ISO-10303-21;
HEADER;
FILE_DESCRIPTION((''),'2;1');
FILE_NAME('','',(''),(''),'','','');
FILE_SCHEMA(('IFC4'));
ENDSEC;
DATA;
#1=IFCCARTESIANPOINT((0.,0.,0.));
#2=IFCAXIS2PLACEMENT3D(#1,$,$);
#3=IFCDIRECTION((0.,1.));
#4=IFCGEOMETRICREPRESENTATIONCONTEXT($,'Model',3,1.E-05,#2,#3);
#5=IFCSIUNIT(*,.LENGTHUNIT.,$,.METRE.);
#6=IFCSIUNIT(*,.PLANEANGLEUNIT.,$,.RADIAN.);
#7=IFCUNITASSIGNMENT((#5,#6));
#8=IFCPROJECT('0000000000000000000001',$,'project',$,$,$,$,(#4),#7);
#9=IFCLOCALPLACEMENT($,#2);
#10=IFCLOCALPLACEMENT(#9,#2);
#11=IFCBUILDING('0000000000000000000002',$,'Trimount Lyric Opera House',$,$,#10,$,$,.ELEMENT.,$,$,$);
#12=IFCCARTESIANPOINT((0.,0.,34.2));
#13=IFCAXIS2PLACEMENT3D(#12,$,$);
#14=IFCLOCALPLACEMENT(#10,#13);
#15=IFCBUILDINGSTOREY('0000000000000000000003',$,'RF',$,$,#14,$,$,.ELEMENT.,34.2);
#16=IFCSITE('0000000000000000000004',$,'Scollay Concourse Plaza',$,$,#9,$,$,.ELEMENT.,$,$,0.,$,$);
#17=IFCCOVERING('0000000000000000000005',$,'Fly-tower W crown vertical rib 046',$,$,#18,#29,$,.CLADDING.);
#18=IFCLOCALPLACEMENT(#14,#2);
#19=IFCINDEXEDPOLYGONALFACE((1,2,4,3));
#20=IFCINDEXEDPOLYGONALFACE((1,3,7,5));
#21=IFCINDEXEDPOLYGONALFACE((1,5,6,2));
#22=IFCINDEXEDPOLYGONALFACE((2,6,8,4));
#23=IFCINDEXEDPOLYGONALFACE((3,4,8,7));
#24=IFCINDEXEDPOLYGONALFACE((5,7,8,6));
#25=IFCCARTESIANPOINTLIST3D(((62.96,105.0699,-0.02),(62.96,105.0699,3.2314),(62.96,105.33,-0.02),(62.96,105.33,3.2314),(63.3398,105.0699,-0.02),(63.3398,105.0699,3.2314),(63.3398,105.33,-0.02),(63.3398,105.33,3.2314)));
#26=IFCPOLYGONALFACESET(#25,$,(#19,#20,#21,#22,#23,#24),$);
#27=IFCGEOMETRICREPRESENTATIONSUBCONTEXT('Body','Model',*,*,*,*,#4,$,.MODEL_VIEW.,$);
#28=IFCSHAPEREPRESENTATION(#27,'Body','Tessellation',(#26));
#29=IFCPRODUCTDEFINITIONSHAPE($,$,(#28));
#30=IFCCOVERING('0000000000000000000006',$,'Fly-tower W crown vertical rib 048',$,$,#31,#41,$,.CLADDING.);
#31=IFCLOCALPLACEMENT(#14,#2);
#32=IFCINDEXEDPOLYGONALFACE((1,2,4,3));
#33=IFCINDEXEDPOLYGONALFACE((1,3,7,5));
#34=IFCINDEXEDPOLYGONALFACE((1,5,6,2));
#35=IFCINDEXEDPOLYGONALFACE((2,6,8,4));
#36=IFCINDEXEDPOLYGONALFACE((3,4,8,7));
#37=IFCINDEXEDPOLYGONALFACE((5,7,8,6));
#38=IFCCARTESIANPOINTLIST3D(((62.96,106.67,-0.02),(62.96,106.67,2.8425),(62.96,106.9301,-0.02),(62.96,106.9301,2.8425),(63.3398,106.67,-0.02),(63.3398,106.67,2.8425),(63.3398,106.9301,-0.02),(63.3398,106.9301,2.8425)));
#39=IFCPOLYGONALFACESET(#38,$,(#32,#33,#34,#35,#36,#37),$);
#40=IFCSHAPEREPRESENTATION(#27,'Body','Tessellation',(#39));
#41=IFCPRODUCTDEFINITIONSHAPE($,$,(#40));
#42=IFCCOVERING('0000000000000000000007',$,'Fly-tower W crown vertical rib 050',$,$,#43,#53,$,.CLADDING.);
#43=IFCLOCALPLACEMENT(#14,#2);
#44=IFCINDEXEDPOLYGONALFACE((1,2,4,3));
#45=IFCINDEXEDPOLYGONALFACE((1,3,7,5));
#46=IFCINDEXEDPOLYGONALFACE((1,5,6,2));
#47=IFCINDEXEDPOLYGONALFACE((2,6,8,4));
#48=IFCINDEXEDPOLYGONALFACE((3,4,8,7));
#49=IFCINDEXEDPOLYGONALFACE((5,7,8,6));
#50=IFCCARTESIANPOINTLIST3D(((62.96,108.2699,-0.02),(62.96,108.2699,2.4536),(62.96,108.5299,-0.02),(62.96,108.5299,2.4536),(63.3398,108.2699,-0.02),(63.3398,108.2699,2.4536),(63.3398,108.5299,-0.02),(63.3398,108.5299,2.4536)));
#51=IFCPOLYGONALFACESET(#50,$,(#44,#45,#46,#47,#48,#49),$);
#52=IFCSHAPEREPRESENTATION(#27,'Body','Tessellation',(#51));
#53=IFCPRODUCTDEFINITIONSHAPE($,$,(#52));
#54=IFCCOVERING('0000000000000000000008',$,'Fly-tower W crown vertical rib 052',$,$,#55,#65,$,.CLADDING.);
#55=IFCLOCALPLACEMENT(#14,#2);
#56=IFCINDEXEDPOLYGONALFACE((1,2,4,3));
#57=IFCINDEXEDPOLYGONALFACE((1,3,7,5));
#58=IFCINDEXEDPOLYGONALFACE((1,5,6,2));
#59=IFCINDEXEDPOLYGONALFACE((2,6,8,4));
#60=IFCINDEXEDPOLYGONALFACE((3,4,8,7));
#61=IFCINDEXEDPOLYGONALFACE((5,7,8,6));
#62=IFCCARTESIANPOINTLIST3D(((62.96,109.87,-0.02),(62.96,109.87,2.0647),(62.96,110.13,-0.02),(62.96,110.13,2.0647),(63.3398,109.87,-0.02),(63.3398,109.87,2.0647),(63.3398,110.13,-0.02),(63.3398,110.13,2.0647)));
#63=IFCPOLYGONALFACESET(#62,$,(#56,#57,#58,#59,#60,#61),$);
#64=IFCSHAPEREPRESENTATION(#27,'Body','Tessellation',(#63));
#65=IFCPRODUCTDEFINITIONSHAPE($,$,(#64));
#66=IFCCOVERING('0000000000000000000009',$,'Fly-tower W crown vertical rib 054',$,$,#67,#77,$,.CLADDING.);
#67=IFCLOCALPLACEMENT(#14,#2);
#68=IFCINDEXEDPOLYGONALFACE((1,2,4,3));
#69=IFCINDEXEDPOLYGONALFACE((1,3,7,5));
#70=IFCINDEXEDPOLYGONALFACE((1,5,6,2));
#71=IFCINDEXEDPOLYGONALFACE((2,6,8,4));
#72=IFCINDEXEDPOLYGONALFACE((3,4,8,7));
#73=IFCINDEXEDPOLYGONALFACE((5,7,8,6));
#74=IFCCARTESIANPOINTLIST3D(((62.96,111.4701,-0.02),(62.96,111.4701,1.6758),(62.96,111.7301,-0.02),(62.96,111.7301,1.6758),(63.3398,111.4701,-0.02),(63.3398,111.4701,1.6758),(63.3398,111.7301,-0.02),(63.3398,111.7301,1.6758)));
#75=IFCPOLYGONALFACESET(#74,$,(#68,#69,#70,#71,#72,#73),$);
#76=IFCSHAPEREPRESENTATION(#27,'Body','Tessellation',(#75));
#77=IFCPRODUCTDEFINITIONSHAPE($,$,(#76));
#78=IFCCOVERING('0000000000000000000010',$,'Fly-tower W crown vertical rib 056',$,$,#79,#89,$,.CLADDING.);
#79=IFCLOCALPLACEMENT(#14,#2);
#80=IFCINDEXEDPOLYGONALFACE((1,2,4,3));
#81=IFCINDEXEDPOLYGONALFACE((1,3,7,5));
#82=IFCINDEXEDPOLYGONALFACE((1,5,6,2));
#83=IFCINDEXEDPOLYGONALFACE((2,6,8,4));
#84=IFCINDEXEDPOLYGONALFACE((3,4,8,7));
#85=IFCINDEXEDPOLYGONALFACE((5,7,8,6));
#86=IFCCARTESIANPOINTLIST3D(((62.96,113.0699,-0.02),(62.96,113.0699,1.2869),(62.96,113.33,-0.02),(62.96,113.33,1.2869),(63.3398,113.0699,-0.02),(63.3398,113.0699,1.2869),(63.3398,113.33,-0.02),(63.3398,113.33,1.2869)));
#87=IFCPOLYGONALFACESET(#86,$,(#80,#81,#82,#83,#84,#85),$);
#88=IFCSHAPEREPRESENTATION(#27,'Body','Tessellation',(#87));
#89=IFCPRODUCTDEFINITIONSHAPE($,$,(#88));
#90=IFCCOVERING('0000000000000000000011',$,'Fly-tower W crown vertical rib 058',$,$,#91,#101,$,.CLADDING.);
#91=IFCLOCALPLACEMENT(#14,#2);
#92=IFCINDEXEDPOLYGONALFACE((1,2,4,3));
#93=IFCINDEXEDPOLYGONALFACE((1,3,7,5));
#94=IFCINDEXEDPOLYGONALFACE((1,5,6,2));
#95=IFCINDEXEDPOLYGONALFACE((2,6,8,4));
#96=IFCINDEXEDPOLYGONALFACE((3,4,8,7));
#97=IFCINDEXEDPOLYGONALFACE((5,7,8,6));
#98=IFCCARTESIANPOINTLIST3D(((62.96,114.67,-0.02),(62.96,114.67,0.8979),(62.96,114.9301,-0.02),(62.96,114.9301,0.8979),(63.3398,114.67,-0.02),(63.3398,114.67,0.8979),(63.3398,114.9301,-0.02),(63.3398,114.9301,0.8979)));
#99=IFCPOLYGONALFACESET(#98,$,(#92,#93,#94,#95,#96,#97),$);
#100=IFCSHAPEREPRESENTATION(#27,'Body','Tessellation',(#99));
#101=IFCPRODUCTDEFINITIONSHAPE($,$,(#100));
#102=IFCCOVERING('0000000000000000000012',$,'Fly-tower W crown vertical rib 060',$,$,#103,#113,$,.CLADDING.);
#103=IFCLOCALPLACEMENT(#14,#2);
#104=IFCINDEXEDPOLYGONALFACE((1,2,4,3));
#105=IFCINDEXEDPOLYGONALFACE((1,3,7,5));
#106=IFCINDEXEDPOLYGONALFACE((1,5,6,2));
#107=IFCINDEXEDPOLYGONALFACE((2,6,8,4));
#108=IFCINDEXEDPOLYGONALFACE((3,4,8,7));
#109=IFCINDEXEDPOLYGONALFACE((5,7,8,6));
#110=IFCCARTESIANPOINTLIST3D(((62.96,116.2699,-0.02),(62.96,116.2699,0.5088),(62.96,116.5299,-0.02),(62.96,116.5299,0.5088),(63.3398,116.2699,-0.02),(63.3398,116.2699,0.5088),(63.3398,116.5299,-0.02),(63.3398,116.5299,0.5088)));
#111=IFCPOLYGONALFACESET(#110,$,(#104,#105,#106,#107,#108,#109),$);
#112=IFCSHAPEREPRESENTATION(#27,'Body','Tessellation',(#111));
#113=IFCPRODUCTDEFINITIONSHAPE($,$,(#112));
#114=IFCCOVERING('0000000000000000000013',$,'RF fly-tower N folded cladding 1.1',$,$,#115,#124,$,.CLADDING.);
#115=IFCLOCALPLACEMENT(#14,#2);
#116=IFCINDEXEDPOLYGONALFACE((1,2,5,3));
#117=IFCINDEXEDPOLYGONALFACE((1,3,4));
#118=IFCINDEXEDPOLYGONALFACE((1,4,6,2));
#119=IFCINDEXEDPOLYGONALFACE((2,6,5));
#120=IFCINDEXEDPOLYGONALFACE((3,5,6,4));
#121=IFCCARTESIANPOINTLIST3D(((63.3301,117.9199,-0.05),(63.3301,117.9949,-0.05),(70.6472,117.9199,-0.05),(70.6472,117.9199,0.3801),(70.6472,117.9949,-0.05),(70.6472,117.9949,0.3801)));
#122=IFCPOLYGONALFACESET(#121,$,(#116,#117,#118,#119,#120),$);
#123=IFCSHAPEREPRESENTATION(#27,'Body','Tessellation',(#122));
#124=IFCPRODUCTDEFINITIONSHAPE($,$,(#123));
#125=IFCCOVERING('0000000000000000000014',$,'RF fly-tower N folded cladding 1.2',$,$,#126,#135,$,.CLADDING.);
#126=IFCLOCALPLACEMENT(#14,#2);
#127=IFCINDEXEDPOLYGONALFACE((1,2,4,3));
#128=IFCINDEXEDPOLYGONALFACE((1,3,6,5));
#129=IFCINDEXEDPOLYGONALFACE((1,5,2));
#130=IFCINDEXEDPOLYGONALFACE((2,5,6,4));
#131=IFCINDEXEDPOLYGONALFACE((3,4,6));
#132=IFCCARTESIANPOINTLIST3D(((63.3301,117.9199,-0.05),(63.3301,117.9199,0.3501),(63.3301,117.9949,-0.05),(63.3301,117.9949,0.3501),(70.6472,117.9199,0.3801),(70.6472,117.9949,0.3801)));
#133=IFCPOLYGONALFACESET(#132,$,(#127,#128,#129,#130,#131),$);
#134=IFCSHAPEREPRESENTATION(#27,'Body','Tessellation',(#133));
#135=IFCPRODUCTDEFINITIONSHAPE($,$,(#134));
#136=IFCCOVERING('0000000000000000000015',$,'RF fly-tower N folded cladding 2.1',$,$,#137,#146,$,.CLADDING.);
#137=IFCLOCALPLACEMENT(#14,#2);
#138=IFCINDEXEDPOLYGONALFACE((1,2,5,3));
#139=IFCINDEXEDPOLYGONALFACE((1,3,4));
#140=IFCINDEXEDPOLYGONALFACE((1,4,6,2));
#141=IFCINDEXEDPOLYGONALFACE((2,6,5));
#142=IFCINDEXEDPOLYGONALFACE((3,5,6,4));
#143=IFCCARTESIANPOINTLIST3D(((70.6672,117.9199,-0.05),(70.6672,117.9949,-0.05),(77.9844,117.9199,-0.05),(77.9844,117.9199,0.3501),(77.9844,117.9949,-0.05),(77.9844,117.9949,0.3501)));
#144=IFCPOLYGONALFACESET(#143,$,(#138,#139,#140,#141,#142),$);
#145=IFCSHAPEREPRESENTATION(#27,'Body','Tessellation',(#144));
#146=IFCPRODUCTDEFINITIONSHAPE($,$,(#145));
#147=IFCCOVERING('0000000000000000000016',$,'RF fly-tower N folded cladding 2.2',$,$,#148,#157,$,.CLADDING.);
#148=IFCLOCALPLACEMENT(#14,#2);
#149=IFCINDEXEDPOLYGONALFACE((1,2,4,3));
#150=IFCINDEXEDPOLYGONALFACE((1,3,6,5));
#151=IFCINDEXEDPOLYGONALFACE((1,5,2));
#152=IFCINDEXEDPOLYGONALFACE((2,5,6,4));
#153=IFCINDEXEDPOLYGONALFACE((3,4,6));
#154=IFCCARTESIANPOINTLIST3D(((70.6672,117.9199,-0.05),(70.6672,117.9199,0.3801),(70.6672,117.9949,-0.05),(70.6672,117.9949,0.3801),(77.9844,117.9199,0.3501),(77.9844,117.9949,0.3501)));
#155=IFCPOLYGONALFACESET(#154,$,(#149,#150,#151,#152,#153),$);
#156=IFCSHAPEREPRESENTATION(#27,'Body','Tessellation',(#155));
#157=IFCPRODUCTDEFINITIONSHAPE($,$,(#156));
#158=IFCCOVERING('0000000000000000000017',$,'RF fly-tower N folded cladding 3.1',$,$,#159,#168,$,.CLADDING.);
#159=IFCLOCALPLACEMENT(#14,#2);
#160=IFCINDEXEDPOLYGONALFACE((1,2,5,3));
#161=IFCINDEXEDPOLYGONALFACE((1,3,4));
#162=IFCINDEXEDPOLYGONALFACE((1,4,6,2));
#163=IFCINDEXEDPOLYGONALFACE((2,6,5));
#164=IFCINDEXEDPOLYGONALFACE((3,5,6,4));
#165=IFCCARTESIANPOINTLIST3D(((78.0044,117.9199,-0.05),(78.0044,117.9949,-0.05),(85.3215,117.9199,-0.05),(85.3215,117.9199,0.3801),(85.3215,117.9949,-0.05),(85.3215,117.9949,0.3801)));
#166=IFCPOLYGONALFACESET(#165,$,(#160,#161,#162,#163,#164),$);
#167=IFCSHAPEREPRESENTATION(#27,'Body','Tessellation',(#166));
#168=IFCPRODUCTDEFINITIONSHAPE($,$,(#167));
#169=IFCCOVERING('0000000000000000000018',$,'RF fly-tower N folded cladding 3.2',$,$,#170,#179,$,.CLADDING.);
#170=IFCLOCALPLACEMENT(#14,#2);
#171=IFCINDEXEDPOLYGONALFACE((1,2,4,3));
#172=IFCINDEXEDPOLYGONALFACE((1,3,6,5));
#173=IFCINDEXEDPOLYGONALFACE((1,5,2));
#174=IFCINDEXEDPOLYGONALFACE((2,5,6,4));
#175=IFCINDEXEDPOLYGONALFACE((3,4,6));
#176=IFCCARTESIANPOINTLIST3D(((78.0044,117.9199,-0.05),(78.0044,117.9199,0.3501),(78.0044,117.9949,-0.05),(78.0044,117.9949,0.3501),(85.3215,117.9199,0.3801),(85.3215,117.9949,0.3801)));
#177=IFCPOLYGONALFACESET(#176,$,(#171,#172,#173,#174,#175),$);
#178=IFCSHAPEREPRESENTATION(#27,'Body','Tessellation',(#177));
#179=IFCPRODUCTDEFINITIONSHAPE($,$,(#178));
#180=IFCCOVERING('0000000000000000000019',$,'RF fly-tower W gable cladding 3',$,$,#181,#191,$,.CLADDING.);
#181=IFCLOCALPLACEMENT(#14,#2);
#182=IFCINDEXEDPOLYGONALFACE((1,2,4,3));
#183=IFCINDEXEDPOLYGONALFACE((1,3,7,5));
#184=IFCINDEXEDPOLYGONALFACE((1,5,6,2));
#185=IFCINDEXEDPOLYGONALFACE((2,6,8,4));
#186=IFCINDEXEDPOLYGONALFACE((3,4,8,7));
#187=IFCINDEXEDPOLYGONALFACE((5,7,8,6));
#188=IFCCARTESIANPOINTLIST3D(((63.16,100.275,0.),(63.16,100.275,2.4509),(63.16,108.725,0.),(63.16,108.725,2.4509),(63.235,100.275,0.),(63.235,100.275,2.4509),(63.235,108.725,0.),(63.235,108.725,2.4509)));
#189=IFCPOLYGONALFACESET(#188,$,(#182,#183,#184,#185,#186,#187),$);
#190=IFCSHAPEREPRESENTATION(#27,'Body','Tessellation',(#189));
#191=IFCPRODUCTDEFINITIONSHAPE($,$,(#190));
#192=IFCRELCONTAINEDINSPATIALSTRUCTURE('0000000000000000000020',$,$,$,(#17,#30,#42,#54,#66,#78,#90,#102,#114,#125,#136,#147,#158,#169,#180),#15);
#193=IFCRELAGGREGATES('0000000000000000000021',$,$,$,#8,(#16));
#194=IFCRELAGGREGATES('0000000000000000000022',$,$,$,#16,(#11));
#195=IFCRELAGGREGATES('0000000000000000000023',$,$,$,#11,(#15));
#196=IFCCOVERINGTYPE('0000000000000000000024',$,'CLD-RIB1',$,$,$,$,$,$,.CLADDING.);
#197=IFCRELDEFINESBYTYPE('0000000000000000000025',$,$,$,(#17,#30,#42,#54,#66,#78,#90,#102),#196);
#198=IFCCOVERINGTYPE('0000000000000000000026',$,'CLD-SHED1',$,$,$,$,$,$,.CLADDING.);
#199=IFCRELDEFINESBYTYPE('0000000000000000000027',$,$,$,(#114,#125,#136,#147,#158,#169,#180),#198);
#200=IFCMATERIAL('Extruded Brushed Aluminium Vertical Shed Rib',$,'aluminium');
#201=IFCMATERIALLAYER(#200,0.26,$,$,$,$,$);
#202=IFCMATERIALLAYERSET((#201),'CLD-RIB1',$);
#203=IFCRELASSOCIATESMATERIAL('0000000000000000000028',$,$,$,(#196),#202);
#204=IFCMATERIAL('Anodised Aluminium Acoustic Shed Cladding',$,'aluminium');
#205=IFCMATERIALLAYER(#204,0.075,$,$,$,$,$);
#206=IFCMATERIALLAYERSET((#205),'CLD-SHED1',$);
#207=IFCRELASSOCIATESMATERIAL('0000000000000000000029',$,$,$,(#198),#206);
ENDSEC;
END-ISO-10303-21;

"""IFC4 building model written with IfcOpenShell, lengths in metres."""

from ifc_helpers import new_model, si_unit, direction, frame, origin, origin_2d, place, context, subcontext, project, spatial, polyline, rectangle, outline, extrude, material, layer, layer_set, type_object, element, save


model = new_model("IFC4")

# Units and contexts
model_context = context("Model", 3, precision=1e-05, world=origin(), true_north=direction((0.0, 1.0)))
body_context = subcontext(model_context, "Body", "Model", "MODEL_VIEW")
ifc_project = project(units=[si_unit("LENGTHUNIT", "METRE"), si_unit("PLANEANGLEUNIT", "RADIAN")], contexts=[model_context])

# Site, building, storey
site_placement = place(None, origin())
site = spatial("IfcSite", under=ifc_project, at=site_placement, Name="Scollay Concourse Plaza", CompositionType="ELEMENT", RefElevation=0.0)
building_placement = place(site_placement, origin())
building = spatial("IfcBuilding", under=site, at=building_placement, Name="Trimount Lyric Opera House", CompositionType="ELEMENT")
storey_placement = place(building_placement, frame((0.0, 0.0, 34.2)))
storey = spatial("IfcBuildingStorey", under=building, at=storey_placement, Name="RF", CompositionType="ELEMENT", Elevation=34.2)

# Coverings
ifc_material_1 = material(Name="Extruded Brushed Aluminium Vertical Shed Rib", Category="aluminium")
ifc_layer_1 = layer(ifc_material_1, 0.26)
ifc_layer_set_1 = layer_set([ifc_layer_1], Name="CLD-RIB1")
covering_type_1 = type_object("IfcCoveringType", Name="CLD-RIB1", PredefinedType="CLADDING", material=ifc_layer_set_1)
covering_1_placement = place(storey_placement, frame((63.1499, 105.2, -0.02), z_axis=(0.0, 0.0, 1.0), x_axis=(1.0, 0.0, 0.0)))
element("IfcCovering", 1, at=covering_1_placement, inside=storey, type_object=covering_type_1, Name="Fly-tower W crown vertical rib 046", PredefinedType="CLADDING", context=body_context, shape_type="SweptSolid", body=[
    extrude(rectangle(XDim=0.3799, YDim=0.26, at=origin_2d()), origin(), (0.0, 0.0, 1.0), 3.2515),
])
covering_2_placement = place(storey_placement, frame((63.1499, 106.8, -0.02), z_axis=(0.0, 0.0, 1.0), x_axis=(1.0, 0.0, 0.0)))
element("IfcCovering", 2, at=covering_2_placement, inside=storey, type_object=covering_type_1, Name="Fly-tower W crown vertical rib 048", PredefinedType="CLADDING", context=body_context, shape_type="SweptSolid", body=[
    extrude(rectangle(XDim=0.3799, YDim=0.26, at=origin_2d()), origin(), (0.0, 0.0, 1.0), 2.8625),
])
covering_3_placement = place(storey_placement, frame((63.1499, 108.3999, -0.02), z_axis=(0.0, 0.0, 1.0), x_axis=(1.0, 0.0, 0.0)))
element("IfcCovering", 3, at=covering_3_placement, inside=storey, type_object=covering_type_1, Name="Fly-tower W crown vertical rib 050", PredefinedType="CLADDING", context=body_context, shape_type="SweptSolid", body=[
    extrude(rectangle(XDim=0.3799, YDim=0.26, at=origin_2d()), origin(), (0.0, 0.0, 1.0), 2.4736),
])
covering_4_placement = place(storey_placement, frame((63.1499, 110.0, -0.02), z_axis=(0.0, 0.0, 1.0), x_axis=(1.0, 0.0, 0.0)))
element("IfcCovering", 4, at=covering_4_placement, inside=storey, type_object=covering_type_1, Name="Fly-tower W crown vertical rib 052", PredefinedType="CLADDING", context=body_context, shape_type="SweptSolid", body=[
    extrude(rectangle(XDim=0.3799, YDim=0.26, at=origin_2d()), origin(), (0.0, 0.0, 1.0), 2.0847),
])
covering_5_placement = place(storey_placement, frame((63.1499, 111.6001, -0.02), z_axis=(0.0, 0.0, 1.0), x_axis=(1.0, 0.0, 0.0)))
element("IfcCovering", 5, at=covering_5_placement, inside=storey, type_object=covering_type_1, Name="Fly-tower W crown vertical rib 054", PredefinedType="CLADDING", context=body_context, shape_type="SweptSolid", body=[
    extrude(rectangle(XDim=0.3799, YDim=0.26, at=origin_2d()), origin(), (0.0, 0.0, 1.0), 1.6958),
])
covering_6_placement = place(storey_placement, frame((63.1499, 113.2, -0.02), z_axis=(0.0, 0.0, 1.0), x_axis=(1.0, 0.0, 0.0)))
element("IfcCovering", 6, at=covering_6_placement, inside=storey, type_object=covering_type_1, Name="Fly-tower W crown vertical rib 056", PredefinedType="CLADDING", context=body_context, shape_type="SweptSolid", body=[
    extrude(rectangle(XDim=0.3799, YDim=0.26, at=origin_2d()), origin(), (0.0, 0.0, 1.0), 1.3069),
])
covering_7_placement = place(storey_placement, frame((63.1499, 114.8, -0.02), z_axis=(0.0, 0.0, 1.0), x_axis=(1.0, 0.0, 0.0)))
element("IfcCovering", 7, at=covering_7_placement, inside=storey, type_object=covering_type_1, Name="Fly-tower W crown vertical rib 058", PredefinedType="CLADDING", context=body_context, shape_type="SweptSolid", body=[
    extrude(rectangle(XDim=0.3799, YDim=0.26, at=origin_2d()), origin(), (0.0, 0.0, 1.0), 0.918),
])
covering_8_placement = place(storey_placement, frame((63.1499, 116.3999, -0.02), z_axis=(0.0, 0.0, 1.0), x_axis=(1.0, 0.0, 0.0)))
element("IfcCovering", 8, at=covering_8_placement, inside=storey, type_object=covering_type_1, Name="Fly-tower W crown vertical rib 060", PredefinedType="CLADDING", context=body_context, shape_type="SweptSolid", body=[
    extrude(rectangle(XDim=0.3799, YDim=0.26, at=origin_2d()), origin(), (0.0, 0.0, 1.0), 0.5288),
])
ifc_material_2 = material(Name="Anodised Aluminium Acoustic Shed Cladding", Category="aluminium")
ifc_layer_2 = layer(ifc_material_2, 0.075)
ifc_layer_set_2 = layer_set([ifc_layer_2], Name="CLD-SHED1")
covering_type_2 = type_object("IfcCoveringType", Name="CLD-SHED1", PredefinedType="CLADDING", material=ifc_layer_set_2)
covering_9_placement = place(storey_placement, frame((63.3301, 117.9199, -0.05), z_axis=(0.0, -1.0, 0.0), x_axis=(1.0, 0.0, 0.0)))
element("IfcCovering", 9, at=covering_9_placement, inside=storey, type_object=covering_type_2, Name="RF fly-tower N folded cladding 1.1", PredefinedType="CLADDING", context=body_context, shape_type="SweptSolid", body=[
    extrude(outline(polyline([(0.0, 0.0), (7.3171, 0.0), (7.3171, 0.4302), (0.0, 0.0)])), origin(), (0.0, 0.0, -1.0), 0.075),
])
covering_10_placement = place(storey_placement, frame((63.3301, 117.9199, -0.05), z_axis=(0.0, -1.0, 0.0), x_axis=(0.998276, 0.0, 0.058689)))
element("IfcCovering", 10, at=covering_10_placement, inside=storey, type_object=covering_type_2, Name="RF fly-tower N folded cladding 1.2", PredefinedType="CLADDING", context=body_context, shape_type="SweptSolid", body=[
    extrude(outline(polyline([(0.0, 0.0), (7.3298, 0.0), (0.0235, 0.3995), (0.0, 0.0)])), origin(), (0.0, 0.0, -1.0), 0.075),
])
covering_11_placement = place(storey_placement, frame((70.6672, 117.9199, -0.05), z_axis=(0.0, -1.0, 0.0), x_axis=(1.0, 0.0, 0.0)))
element("IfcCovering", 11, at=covering_11_placement, inside=storey, type_object=covering_type_2, Name="RF fly-tower N folded cladding 2.1", PredefinedType="CLADDING", context=body_context, shape_type="SweptSolid", body=[
    extrude(outline(polyline([(0.0, 0.0), (7.3171, 0.0), (7.3171, 0.4001), (0.0, 0.0)])), origin(), (0.0, 0.0, -1.0), 0.075),
])
covering_12_placement = place(storey_placement, frame((70.6672, 117.9199, -0.05), z_axis=(0.0, -1.0, 0.0), x_axis=(0.998508, 0.0, 0.054605)))
element("IfcCovering", 12, at=covering_12_placement, inside=storey, type_object=covering_type_2, Name="RF fly-tower N folded cladding 2.2", PredefinedType="CLADDING", context=body_context, shape_type="SweptSolid", body=[
    extrude(outline(polyline([(0.0, 0.0), (7.3281, 0.0), (0.0235, 0.4295), (0.0, 0.0)])), origin(), (0.0, 0.0, -1.0), 0.075),
])
covering_13_placement = place(storey_placement, frame((78.0044, 117.9199, -0.05), z_axis=(0.0, -1.0, 0.0), x_axis=(1.0, 0.0, 0.0)))
element("IfcCovering", 13, at=covering_13_placement, inside=storey, type_object=covering_type_2, Name="RF fly-tower N folded cladding 3.1", PredefinedType="CLADDING", context=body_context, shape_type="SweptSolid", body=[
    extrude(outline(polyline([(0.0, 0.0), (7.3171, 0.0), (7.3171, 0.4302), (0.0, 0.0)])), origin(), (0.0, 0.0, -1.0), 0.075),
])
covering_14_placement = place(storey_placement, frame((78.0044, 117.9199, -0.05), z_axis=(0.0, -1.0, 0.0), x_axis=(0.998276, 0.0, 0.058689)))
element("IfcCovering", 14, at=covering_14_placement, inside=storey, type_object=covering_type_2, Name="RF fly-tower N folded cladding 3.2", PredefinedType="CLADDING", context=body_context, shape_type="SweptSolid", body=[
    extrude(outline(polyline([(0.0, 0.0), (7.3298, 0.0), (0.0235, 0.3995), (0.0, 0.0)])), origin(), (0.0, 0.0, -1.0), 0.075),
])
covering_15_placement = place(storey_placement, frame((63.1975, 104.5, 0.0), z_axis=(0.0, 0.0, 1.0), x_axis=(1.0, 0.0, 0.0)))
element("IfcCovering", 15, at=covering_15_placement, inside=storey, type_object=covering_type_2, Name="RF fly-tower W gable cladding 3", PredefinedType="CLADDING", context=body_context, shape_type="SweptSolid", body=[
    extrude(rectangle(XDim=0.075, YDim=8.45, at=origin_2d()), origin(), (0.0, 0.0, 1.0), 2.4509),
])

save(model, "model.ifc")
